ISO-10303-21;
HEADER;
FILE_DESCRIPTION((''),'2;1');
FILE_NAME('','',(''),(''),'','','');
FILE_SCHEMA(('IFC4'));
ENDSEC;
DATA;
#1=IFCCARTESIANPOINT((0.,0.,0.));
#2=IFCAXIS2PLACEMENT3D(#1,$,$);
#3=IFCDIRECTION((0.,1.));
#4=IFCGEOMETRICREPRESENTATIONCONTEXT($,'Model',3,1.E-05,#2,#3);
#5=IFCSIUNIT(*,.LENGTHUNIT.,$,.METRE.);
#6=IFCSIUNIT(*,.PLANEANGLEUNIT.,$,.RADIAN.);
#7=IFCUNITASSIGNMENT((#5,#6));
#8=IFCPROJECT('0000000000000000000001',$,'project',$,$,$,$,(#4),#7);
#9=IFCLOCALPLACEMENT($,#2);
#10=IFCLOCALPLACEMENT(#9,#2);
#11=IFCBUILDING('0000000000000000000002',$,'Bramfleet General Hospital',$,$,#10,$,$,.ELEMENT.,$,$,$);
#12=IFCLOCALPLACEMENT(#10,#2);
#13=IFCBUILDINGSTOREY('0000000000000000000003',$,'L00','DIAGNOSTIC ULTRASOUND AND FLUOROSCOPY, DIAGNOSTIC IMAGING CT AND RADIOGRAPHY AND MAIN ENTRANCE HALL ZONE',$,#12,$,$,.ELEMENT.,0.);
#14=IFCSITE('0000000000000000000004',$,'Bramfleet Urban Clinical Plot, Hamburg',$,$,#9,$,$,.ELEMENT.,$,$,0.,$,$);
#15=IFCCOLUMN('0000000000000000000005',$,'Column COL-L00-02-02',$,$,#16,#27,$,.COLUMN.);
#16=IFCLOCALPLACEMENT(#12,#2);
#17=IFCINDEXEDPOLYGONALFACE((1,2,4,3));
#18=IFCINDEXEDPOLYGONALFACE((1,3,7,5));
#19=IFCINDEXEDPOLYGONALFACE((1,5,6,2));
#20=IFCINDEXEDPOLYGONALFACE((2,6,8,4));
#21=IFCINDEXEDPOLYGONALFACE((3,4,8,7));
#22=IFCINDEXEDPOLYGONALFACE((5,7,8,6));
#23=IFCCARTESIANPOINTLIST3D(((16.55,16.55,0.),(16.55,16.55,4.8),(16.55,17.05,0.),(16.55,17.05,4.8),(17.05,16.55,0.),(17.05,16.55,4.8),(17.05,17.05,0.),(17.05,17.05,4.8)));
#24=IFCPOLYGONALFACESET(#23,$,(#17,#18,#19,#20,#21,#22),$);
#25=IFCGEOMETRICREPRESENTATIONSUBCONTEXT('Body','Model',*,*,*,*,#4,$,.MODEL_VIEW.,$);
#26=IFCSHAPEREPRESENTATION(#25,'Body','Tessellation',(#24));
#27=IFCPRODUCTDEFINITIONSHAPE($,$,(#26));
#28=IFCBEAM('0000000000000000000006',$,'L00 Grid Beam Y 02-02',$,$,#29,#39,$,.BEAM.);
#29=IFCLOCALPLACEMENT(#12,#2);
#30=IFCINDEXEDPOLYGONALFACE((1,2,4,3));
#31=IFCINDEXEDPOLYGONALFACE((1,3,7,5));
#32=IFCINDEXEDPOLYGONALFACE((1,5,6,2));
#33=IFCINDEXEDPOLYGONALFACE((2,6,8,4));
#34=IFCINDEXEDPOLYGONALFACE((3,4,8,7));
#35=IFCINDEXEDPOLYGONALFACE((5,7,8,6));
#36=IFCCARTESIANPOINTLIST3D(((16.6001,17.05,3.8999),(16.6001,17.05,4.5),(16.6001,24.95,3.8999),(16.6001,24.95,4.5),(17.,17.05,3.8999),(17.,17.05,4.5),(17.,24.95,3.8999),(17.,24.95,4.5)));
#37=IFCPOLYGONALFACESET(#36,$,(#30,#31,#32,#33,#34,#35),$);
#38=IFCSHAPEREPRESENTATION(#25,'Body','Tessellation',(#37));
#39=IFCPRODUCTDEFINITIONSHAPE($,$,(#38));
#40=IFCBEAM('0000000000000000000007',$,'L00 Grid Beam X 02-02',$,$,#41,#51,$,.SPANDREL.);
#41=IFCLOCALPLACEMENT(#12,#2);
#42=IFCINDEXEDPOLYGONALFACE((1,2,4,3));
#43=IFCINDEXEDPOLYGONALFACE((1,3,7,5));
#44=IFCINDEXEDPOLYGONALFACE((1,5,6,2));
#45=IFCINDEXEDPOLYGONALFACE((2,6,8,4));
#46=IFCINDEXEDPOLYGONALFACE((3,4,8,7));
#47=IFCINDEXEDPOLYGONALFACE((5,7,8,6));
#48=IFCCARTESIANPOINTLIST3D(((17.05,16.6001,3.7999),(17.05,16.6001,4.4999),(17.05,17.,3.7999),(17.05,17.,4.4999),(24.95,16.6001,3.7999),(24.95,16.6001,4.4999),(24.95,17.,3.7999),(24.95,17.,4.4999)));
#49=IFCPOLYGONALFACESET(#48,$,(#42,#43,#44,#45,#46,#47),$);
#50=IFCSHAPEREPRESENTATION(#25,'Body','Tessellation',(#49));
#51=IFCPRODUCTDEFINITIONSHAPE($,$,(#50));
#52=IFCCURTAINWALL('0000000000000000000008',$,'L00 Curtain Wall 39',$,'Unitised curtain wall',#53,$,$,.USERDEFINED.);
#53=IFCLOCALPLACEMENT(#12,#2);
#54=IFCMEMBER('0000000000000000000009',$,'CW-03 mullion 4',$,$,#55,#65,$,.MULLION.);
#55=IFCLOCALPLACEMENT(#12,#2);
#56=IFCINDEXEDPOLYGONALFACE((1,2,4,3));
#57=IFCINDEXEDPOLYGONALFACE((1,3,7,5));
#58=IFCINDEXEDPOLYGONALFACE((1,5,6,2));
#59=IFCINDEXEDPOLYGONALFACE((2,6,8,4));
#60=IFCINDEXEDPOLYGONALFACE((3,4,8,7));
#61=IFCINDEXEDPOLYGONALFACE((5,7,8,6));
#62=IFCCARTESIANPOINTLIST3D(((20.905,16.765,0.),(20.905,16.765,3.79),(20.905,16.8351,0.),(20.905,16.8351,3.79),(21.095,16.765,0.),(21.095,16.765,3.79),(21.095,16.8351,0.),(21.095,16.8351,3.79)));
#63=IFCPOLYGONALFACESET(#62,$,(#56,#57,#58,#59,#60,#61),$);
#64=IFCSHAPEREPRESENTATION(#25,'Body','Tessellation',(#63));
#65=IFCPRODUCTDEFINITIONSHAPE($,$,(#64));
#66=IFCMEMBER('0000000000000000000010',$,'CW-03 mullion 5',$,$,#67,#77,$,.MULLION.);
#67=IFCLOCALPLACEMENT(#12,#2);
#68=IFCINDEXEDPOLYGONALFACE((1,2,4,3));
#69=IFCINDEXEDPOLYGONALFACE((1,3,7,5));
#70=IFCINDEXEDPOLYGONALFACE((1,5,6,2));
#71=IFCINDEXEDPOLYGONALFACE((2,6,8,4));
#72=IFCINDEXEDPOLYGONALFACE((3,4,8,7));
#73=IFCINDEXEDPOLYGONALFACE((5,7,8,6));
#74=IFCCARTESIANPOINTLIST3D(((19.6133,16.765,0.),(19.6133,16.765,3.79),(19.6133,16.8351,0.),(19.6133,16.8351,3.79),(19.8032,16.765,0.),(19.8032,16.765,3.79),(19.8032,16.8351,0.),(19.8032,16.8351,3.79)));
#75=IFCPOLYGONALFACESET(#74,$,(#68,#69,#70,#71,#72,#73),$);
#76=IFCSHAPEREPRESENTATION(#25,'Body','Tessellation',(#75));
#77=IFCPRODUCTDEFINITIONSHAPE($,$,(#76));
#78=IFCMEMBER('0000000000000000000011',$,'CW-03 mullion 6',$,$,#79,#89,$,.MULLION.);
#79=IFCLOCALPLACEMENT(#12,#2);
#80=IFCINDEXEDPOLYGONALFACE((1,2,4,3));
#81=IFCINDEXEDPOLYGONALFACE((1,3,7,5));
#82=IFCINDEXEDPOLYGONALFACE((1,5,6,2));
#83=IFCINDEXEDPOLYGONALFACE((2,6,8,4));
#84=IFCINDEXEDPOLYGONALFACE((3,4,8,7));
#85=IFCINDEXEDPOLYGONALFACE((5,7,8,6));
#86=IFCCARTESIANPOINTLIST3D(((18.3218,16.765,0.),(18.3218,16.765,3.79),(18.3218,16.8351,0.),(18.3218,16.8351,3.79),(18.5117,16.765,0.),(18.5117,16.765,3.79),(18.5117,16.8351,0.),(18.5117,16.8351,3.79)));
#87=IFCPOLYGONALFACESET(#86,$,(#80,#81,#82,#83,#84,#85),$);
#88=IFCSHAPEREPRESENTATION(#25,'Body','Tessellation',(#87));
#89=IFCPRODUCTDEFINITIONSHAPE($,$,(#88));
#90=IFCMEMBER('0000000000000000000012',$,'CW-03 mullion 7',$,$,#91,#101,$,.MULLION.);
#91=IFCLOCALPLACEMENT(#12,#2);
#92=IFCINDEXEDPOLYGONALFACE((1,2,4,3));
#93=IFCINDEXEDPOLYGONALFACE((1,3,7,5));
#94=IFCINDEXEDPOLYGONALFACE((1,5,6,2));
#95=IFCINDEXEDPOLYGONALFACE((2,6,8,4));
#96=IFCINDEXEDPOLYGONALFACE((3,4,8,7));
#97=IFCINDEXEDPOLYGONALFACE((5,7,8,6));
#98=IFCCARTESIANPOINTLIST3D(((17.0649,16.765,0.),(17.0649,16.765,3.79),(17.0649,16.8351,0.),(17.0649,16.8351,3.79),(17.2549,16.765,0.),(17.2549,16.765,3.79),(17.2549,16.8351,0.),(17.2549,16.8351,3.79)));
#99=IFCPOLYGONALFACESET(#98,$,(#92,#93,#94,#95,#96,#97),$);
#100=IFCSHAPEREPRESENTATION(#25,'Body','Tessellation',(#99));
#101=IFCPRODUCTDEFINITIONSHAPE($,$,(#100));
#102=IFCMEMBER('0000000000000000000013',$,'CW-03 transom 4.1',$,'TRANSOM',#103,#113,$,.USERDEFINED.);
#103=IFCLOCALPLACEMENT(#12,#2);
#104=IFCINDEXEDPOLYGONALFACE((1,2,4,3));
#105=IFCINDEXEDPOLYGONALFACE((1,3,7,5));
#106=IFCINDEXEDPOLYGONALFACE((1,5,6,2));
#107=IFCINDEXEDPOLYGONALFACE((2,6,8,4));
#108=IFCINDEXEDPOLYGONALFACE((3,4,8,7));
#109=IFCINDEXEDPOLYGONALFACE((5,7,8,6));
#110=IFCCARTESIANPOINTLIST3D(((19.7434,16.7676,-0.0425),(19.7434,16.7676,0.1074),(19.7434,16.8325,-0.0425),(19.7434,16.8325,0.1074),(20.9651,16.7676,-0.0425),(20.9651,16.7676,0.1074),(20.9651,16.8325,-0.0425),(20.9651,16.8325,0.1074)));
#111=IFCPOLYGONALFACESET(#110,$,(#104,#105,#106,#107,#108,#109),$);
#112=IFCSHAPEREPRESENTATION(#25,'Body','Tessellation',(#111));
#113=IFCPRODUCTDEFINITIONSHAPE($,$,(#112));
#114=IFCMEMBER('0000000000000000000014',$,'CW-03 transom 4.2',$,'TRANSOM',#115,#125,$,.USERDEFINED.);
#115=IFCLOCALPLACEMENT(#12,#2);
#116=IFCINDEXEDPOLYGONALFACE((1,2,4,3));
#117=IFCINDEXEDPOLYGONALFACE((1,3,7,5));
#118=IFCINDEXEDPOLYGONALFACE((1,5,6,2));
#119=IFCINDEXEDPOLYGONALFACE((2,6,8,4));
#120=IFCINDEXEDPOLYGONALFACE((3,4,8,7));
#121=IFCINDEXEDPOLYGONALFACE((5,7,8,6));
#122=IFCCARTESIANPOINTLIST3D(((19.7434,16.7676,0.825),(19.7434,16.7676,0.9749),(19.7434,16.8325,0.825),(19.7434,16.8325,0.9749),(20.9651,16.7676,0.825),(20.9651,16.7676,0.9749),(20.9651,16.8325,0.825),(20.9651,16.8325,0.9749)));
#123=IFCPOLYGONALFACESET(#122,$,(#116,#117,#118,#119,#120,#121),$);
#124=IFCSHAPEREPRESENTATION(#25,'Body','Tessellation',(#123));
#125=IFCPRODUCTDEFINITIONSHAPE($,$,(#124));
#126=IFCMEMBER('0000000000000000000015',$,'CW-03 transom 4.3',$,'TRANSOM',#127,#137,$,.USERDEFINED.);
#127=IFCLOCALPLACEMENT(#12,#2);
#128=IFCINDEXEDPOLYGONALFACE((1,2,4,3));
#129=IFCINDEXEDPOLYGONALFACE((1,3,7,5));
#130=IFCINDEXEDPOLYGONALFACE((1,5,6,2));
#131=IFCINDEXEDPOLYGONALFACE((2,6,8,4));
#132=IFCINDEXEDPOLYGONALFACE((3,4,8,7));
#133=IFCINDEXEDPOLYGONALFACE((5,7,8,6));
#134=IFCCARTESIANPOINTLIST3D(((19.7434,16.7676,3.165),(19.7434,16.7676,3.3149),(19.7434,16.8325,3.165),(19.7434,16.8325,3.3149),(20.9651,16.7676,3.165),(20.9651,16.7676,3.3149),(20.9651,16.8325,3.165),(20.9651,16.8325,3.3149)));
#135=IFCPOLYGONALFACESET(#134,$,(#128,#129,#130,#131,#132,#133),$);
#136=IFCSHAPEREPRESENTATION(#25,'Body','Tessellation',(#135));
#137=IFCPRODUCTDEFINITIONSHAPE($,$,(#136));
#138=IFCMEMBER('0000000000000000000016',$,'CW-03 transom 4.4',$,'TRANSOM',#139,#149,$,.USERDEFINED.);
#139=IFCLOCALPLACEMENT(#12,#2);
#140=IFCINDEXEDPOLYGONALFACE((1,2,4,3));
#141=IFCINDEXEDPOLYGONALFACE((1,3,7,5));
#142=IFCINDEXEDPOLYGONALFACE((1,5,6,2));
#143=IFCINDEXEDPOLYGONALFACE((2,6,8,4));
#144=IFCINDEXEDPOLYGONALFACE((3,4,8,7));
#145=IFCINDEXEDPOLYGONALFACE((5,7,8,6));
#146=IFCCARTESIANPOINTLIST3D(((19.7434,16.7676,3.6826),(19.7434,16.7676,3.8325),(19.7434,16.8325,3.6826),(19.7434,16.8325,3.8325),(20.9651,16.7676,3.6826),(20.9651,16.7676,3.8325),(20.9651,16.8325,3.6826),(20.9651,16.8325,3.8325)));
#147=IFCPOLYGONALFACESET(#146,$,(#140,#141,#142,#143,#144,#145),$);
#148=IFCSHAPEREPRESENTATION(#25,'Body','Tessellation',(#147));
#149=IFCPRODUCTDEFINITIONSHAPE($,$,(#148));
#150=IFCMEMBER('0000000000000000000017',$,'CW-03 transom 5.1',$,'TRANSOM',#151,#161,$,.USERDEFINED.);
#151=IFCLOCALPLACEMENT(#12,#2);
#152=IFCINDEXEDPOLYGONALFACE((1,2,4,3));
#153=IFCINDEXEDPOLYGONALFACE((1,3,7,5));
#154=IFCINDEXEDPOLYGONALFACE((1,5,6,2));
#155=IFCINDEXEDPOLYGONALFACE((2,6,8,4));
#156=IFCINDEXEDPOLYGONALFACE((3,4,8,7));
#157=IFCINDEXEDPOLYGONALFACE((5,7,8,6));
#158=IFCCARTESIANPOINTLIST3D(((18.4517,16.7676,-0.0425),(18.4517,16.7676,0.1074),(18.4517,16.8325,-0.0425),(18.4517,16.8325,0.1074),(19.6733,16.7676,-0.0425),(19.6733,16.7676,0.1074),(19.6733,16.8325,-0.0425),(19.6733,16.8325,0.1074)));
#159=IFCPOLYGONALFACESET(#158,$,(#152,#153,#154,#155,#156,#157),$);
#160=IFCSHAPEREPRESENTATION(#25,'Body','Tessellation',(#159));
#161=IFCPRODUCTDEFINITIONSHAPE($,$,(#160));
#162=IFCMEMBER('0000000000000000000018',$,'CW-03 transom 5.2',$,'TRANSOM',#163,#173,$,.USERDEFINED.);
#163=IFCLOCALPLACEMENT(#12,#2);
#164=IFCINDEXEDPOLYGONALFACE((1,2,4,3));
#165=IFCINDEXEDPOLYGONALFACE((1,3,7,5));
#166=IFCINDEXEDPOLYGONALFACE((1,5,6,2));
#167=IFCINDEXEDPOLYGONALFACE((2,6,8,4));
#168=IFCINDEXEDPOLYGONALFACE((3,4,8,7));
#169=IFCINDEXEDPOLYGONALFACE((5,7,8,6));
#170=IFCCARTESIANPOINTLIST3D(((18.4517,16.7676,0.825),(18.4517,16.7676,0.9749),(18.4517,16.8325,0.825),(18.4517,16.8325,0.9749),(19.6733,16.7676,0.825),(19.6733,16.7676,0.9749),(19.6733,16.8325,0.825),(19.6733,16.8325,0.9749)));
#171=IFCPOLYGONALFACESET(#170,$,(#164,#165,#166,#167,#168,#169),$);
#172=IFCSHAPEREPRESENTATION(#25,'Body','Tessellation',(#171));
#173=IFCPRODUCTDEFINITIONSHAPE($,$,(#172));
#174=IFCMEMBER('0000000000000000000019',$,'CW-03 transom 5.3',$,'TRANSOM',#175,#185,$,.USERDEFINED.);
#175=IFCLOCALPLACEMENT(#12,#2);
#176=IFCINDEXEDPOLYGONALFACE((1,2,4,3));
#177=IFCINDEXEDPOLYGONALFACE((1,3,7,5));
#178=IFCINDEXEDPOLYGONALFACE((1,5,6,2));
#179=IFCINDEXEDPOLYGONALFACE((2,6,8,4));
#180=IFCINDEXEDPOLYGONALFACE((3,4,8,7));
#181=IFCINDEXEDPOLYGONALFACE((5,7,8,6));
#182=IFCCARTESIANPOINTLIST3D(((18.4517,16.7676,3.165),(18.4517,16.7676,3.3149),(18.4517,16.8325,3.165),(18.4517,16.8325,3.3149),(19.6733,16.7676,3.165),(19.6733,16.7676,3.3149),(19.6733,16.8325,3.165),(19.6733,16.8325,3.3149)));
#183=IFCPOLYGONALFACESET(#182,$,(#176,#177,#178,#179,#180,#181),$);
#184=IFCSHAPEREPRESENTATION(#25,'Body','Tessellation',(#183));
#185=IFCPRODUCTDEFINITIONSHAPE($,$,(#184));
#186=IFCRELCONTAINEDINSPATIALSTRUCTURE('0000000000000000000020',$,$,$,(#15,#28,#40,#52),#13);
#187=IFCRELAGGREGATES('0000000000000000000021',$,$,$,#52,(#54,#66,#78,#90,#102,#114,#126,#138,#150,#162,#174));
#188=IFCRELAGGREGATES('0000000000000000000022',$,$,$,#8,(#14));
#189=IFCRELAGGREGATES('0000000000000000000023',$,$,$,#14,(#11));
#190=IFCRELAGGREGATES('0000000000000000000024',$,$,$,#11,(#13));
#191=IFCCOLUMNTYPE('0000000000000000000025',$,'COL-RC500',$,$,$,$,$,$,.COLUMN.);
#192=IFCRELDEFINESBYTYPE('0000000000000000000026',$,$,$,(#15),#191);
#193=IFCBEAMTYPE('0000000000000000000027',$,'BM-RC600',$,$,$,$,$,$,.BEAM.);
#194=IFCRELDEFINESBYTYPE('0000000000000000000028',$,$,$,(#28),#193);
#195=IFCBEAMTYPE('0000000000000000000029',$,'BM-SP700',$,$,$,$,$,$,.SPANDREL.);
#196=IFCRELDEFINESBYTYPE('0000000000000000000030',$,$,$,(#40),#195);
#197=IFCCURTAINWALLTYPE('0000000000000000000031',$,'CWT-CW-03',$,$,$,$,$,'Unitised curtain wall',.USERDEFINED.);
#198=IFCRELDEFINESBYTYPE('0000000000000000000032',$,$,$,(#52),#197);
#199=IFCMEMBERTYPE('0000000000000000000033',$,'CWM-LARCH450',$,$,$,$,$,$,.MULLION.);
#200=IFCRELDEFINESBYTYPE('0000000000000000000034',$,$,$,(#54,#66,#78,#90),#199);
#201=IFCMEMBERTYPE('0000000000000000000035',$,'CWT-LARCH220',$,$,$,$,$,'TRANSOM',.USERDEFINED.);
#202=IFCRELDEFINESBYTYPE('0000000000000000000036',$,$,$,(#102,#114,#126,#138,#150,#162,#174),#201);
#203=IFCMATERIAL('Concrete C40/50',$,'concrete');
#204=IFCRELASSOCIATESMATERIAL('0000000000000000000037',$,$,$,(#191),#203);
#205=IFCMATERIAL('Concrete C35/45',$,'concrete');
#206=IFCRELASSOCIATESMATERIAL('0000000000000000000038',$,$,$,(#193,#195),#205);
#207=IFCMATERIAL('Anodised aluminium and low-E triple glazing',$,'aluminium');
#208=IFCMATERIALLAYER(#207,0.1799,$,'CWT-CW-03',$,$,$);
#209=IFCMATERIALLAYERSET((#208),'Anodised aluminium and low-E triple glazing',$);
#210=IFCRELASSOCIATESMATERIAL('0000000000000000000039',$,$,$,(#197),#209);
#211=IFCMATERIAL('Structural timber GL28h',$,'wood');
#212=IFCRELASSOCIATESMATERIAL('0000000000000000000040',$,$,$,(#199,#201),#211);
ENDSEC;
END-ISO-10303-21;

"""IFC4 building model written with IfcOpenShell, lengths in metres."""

from ifc_helpers import new_model, si_unit, direction, frame, origin, origin_2d, place, context, subcontext, project, spatial, rectangle, extrude, material, layer, layer_set, material_profile, profile_set, type_object, element, aggregate, save


model = new_model("IFC4")

# Units and contexts
model_context = context("Model", 3, precision=1e-05, world=origin(), true_north=direction((0.0, 1.0)))
body_context = subcontext(model_context, "Body", "Model", "MODEL_VIEW")
ifc_project = project(units=[si_unit("LENGTHUNIT", "METRE"), si_unit("PLANEANGLEUNIT", "RADIAN")], contexts=[model_context])

# Site, building, storey
site_placement = place(None, origin())
site = spatial("IfcSite", under=ifc_project, at=site_placement, Name="Bramfleet Urban Clinical Plot, Hamburg", CompositionType="ELEMENT", RefElevation=0.0)
building_placement = place(site_placement, origin())
building = spatial("IfcBuilding", under=site, at=building_placement, Name="Bramfleet General Hospital", CompositionType="ELEMENT")
storey_placement = place(building_placement, origin())
storey = spatial("IfcBuildingStorey", under=building, at=storey_placement, Name="L00", Description="DIAGNOSTIC ULTRASOUND AND FLUOROSCOPY, DIAGNOSTIC IMAGING CT AND RADIOGRAPHY AND MAIN ENTRANCE HALL ZONE", CompositionType="ELEMENT", Elevation=0.0)

# Column
ifc_material_1 = material(Name="Concrete C40/50", Category="concrete")
ifc_material_profile_1 = material_profile(ifc_material_1, rectangle(XDim=0.5, YDim=0.5, at=origin_2d()), Name="RC COL 500x500")
ifc_profile_set_1 = profile_set([ifc_material_profile_1], Name="Concrete C40/50")
column_type = type_object("IfcColumnType", Name="COL-RC500", PredefinedType="COLUMN", material=ifc_profile_set_1)
column_placement = place(storey_placement, frame((16.8, 16.8, 0.0), z_axis=(0.0, 0.0, 1.0), x_axis=(1.0, 0.0, 0.0)))
element("IfcColumn", 1, at=column_placement, inside=storey, type_object=column_type, Name="Column COL-L00-02-02", PredefinedType="COLUMN", context=body_context, shape_type="SweptSolid", body=[
    extrude(rectangle(XDim=0.5, YDim=0.5, at=origin_2d()), origin(), (0.0, 0.0, 1.0), 4.8),
])

# Beams
ifc_material_2 = material(Name="Concrete C35/45", Category="concrete")
ifc_material_profile_2 = material_profile(ifc_material_2, rectangle(XDim=0.3999, YDim=0.6001, at=origin_2d()), Name="RC BM 600x400")
ifc_profile_set_2 = profile_set([ifc_material_profile_2], Name="Concrete C35/45")
beam_type_1 = type_object("IfcBeamType", Name="BM-RC600", PredefinedType="BEAM", material=ifc_profile_set_2)
beam_1_placement = place(storey_placement, frame((16.8, 17.05, 4.2), z_axis=(0.0, 1.0, 0.0), x_axis=(-1.0, 0.0, 0.0)))
element("IfcBeam", 2, at=beam_1_placement, inside=storey, type_object=beam_type_1, Name="L00 Grid Beam Y 02-02", PredefinedType="BEAM", context=body_context, shape_type="SweptSolid", body=[
    extrude(rectangle(XDim=0.3999, YDim=0.6001, at=origin_2d()), origin(), (0.0, 0.0, 1.0), 7.8999),
])
ifc_material_profile_3 = material_profile(ifc_material_2, rectangle(XDim=0.3999, YDim=0.7, at=origin_2d()), Name="RC SP 700x400")
ifc_profile_set_3 = profile_set([ifc_material_profile_3], Name="Concrete C35/45")
beam_type_2 = type_object("IfcBeamType", Name="BM-SP700", PredefinedType="SPANDREL", material=ifc_profile_set_3)
beam_2_placement = place(storey_placement, frame((17.05, 16.8, 4.1499), z_axis=(1.0, 0.0, 0.0), x_axis=(0.0, 1.0, 0.0)))
element("IfcBeam", 3, at=beam_2_placement, inside=storey, type_object=beam_type_2, Name="L00 Grid Beam X 02-02", PredefinedType="SPANDREL", context=body_context, shape_type="SweptSolid", body=[
    extrude(rectangle(XDim=0.3999, YDim=0.7, at=origin_2d()), origin(), (0.0, 0.0, 1.0), 7.8999),
])

# Curtain wall, members
ifc_material_3 = material(Name="Anodised aluminium and low-E triple glazing", Category="aluminium")
ifc_layer_1 = layer(ifc_material_3, 0.1799, Name="CWT-CW-03")
ifc_layer_set_1 = layer_set([ifc_layer_1], Name="Anodised aluminium and low-E triple glazing")
curtain_wall_type = type_object("IfcCurtainWallType", Name="CWT-CW-03", ElementType="Unitised curtain wall", PredefinedType="USERDEFINED", material=ifc_layer_set_1)
curtain_wall_placement = place(storey_placement, origin())
curtain_wall = element("IfcCurtainWall", 4, at=curtain_wall_placement, inside=storey, type_object=curtain_wall_type, Name="L00 Curtain Wall 39", ObjectType="Unitised curtain wall", PredefinedType="USERDEFINED")
ifc_material_4 = material(Name="Structural timber GL28h", Category="wood")
ifc_material_profile_4 = material_profile(ifc_material_4, rectangle(XDim=0.0701, YDim=0.1899, at=origin_2d()), Name="LARCH 190x70")
ifc_profile_set_4 = profile_set([ifc_material_profile_4], Name="Structural timber GL28h")
member_type_1 = type_object("IfcMemberType", Name="CWM-LARCH450", PredefinedType="MULLION", material=ifc_profile_set_4)
member_1_placement = place(storey_placement, frame((21.0, 16.8, 0.0), z_axis=(0.0, 0.0, 1.0), x_axis=(0.0, -1.0, 0.0)))
member_1 = element("IfcMember", 5, at=member_1_placement, type_object=member_type_1, Name="CW-03 mullion 4", PredefinedType="MULLION", context=body_context, shape_type="SweptSolid", body=[
    extrude(rectangle(XDim=0.0701, YDim=0.1899, at=origin_2d()), origin(), (0.0, 0.0, 1.0), 3.79),
])
member_2_placement = place(storey_placement, frame((19.7083, 16.8, 0.0), z_axis=(0.0, 0.0, 1.0), x_axis=(0.0, -1.0, 0.0)))
member_2 = element("IfcMember", 6, at=member_2_placement, type_object=member_type_1, Name="CW-03 mullion 5", PredefinedType="MULLION", context=body_context, shape_type="SweptSolid", body=[
    extrude(rectangle(XDim=0.0701, YDim=0.1899, at=origin_2d()), origin(), (0.0, 0.0, 1.0), 3.79),
])
member_3_placement = place(storey_placement, frame((18.4167, 16.8, 0.0), z_axis=(0.0, 0.0, 1.0), x_axis=(0.0, -1.0, 0.0)))
member_3 = element("IfcMember", 7, at=member_3_placement, type_object=member_type_1, Name="CW-03 mullion 6", PredefinedType="MULLION", context=body_context, shape_type="SweptSolid", body=[
    extrude(rectangle(XDim=0.0701, YDim=0.1899, at=origin_2d()), origin(), (0.0, 0.0, 1.0), 3.79),
])
member_4_placement = place(storey_placement, frame((17.1599, 16.8, 0.0), z_axis=(0.0, 0.0, 1.0), x_axis=(0.0, -1.0, 0.0)))
member_4 = element("IfcMember", 8, at=member_4_placement, type_object=member_type_1, Name="CW-03 mullion 7", PredefinedType="MULLION", context=body_context, shape_type="SweptSolid", body=[
    extrude(rectangle(XDim=0.0701, YDim=0.1899, at=origin_2d()), origin(), (0.0, 0.0, 1.0), 3.79),
])
ifc_material_profile_5 = material_profile(ifc_material_4, rectangle(XDim=0.0649, YDim=0.1499, at=origin_2d()), Name="LARCH 150x65")
ifc_profile_set_5 = profile_set([ifc_material_profile_5], Name="Structural timber GL28h")
member_type_2 = type_object("IfcMemberType", Name="CWT-LARCH220", ElementType="TRANSOM", PredefinedType="USERDEFINED", material=ifc_profile_set_5)
member_5_placement = place(storey_placement, frame((20.9651, 16.8, 0.0325), z_axis=(-1.0, 0.0, 0.0), x_axis=(0.0, -1.0, 0.0)))
member_5 = element("IfcMember", 9, at=member_5_placement, type_object=member_type_2, Name="CW-03 transom 4.1", ObjectType="TRANSOM", PredefinedType="USERDEFINED", context=body_context, shape_type="SweptSolid", body=[
    extrude(rectangle(XDim=0.0649, YDim=0.1499, at=origin_2d()), origin(), (0.0, 0.0, 1.0), 1.2217),
])
member_6_placement = place(storey_placement, frame((20.9651, 16.8, 0.8999), z_axis=(-1.0, 0.0, 0.0), x_axis=(0.0, -1.0, 0.0)))
member_6 = element("IfcMember", 10, at=member_6_placement, type_object=member_type_2, Name="CW-03 transom 4.2", ObjectType="TRANSOM", PredefinedType="USERDEFINED", context=body_context, shape_type="SweptSolid", body=[
    extrude(rectangle(XDim=0.0649, YDim=0.1499, at=origin_2d()), origin(), (0.0, 0.0, 1.0), 1.2217),
])
member_7_placement = place(storey_placement, frame((20.9651, 16.8, 3.24), z_axis=(-1.0, 0.0, 0.0), x_axis=(0.0, -1.0, 0.0)))
member_7 = element("IfcMember", 11, at=member_7_placement, type_object=member_type_2, Name="CW-03 transom 4.3", ObjectType="TRANSOM", PredefinedType="USERDEFINED", context=body_context, shape_type="SweptSolid", body=[
    extrude(rectangle(XDim=0.0649, YDim=0.1499, at=origin_2d()), origin(), (0.0, 0.0, 1.0), 1.2217),
])
member_8_placement = place(storey_placement, frame((20.9651, 16.8, 3.7576), z_axis=(-1.0, 0.0, 0.0), x_axis=(0.0, -1.0, 0.0)))
member_8 = element("IfcMember", 12, at=member_8_placement, type_object=member_type_2, Name="CW-03 transom 4.4", ObjectType="TRANSOM", PredefinedType="USERDEFINED", context=body_context, shape_type="SweptSolid", body=[
    extrude(rectangle(XDim=0.0649, YDim=0.1499, at=origin_2d()), origin(), (0.0, 0.0, 1.0), 1.2217),
])
member_9_placement = place(storey_placement, frame((19.6733, 16.8, 0.0325), z_axis=(-1.0, 0.0, 0.0), x_axis=(0.0, -1.0, 0.0)))
member_9 = element("IfcMember", 13, at=member_9_placement, type_object=member_type_2, Name="CW-03 transom 5.1", ObjectType="TRANSOM", PredefinedType="USERDEFINED", context=body_context, shape_type="SweptSolid", body=[
    extrude(rectangle(XDim=0.0649, YDim=0.1499, at=origin_2d()), origin(), (0.0, 0.0, 1.0), 1.2217),
])
member_10_placement = place(storey_placement, frame((19.6733, 16.8, 0.8999), z_axis=(-1.0, 0.0, 0.0), x_axis=(0.0, -1.0, 0.0)))
member_10 = element("IfcMember", 14, at=member_10_placement, type_object=member_type_2, Name="CW-03 transom 5.2", ObjectType="TRANSOM", PredefinedType="USERDEFINED", context=body_context, shape_type="SweptSolid", body=[
    extrude(rectangle(XDim=0.0649, YDim=0.1499, at=origin_2d()), origin(), (0.0, 0.0, 1.0), 1.2217),
])
member_11_placement = place(storey_placement, frame((19.6733, 16.8, 3.24), z_axis=(-1.0, 0.0, 0.0), x_axis=(0.0, -1.0, 0.0)))
member_11 = element("IfcMember", 15, at=member_11_placement, type_object=member_type_2, Name="CW-03 transom 5.3", ObjectType="TRANSOM", PredefinedType="USERDEFINED", context=body_context, shape_type="SweptSolid", body=[
    extrude(rectangle(XDim=0.0649, YDim=0.1499, at=origin_2d()), origin(), (0.0, 0.0, 1.0), 1.2217),
])
aggregate(curtain_wall, [member_1, member_2, member_3, member_4, member_5, member_6, member_7, member_8, member_9, member_10, member_11])

save(model, "model.ifc")
